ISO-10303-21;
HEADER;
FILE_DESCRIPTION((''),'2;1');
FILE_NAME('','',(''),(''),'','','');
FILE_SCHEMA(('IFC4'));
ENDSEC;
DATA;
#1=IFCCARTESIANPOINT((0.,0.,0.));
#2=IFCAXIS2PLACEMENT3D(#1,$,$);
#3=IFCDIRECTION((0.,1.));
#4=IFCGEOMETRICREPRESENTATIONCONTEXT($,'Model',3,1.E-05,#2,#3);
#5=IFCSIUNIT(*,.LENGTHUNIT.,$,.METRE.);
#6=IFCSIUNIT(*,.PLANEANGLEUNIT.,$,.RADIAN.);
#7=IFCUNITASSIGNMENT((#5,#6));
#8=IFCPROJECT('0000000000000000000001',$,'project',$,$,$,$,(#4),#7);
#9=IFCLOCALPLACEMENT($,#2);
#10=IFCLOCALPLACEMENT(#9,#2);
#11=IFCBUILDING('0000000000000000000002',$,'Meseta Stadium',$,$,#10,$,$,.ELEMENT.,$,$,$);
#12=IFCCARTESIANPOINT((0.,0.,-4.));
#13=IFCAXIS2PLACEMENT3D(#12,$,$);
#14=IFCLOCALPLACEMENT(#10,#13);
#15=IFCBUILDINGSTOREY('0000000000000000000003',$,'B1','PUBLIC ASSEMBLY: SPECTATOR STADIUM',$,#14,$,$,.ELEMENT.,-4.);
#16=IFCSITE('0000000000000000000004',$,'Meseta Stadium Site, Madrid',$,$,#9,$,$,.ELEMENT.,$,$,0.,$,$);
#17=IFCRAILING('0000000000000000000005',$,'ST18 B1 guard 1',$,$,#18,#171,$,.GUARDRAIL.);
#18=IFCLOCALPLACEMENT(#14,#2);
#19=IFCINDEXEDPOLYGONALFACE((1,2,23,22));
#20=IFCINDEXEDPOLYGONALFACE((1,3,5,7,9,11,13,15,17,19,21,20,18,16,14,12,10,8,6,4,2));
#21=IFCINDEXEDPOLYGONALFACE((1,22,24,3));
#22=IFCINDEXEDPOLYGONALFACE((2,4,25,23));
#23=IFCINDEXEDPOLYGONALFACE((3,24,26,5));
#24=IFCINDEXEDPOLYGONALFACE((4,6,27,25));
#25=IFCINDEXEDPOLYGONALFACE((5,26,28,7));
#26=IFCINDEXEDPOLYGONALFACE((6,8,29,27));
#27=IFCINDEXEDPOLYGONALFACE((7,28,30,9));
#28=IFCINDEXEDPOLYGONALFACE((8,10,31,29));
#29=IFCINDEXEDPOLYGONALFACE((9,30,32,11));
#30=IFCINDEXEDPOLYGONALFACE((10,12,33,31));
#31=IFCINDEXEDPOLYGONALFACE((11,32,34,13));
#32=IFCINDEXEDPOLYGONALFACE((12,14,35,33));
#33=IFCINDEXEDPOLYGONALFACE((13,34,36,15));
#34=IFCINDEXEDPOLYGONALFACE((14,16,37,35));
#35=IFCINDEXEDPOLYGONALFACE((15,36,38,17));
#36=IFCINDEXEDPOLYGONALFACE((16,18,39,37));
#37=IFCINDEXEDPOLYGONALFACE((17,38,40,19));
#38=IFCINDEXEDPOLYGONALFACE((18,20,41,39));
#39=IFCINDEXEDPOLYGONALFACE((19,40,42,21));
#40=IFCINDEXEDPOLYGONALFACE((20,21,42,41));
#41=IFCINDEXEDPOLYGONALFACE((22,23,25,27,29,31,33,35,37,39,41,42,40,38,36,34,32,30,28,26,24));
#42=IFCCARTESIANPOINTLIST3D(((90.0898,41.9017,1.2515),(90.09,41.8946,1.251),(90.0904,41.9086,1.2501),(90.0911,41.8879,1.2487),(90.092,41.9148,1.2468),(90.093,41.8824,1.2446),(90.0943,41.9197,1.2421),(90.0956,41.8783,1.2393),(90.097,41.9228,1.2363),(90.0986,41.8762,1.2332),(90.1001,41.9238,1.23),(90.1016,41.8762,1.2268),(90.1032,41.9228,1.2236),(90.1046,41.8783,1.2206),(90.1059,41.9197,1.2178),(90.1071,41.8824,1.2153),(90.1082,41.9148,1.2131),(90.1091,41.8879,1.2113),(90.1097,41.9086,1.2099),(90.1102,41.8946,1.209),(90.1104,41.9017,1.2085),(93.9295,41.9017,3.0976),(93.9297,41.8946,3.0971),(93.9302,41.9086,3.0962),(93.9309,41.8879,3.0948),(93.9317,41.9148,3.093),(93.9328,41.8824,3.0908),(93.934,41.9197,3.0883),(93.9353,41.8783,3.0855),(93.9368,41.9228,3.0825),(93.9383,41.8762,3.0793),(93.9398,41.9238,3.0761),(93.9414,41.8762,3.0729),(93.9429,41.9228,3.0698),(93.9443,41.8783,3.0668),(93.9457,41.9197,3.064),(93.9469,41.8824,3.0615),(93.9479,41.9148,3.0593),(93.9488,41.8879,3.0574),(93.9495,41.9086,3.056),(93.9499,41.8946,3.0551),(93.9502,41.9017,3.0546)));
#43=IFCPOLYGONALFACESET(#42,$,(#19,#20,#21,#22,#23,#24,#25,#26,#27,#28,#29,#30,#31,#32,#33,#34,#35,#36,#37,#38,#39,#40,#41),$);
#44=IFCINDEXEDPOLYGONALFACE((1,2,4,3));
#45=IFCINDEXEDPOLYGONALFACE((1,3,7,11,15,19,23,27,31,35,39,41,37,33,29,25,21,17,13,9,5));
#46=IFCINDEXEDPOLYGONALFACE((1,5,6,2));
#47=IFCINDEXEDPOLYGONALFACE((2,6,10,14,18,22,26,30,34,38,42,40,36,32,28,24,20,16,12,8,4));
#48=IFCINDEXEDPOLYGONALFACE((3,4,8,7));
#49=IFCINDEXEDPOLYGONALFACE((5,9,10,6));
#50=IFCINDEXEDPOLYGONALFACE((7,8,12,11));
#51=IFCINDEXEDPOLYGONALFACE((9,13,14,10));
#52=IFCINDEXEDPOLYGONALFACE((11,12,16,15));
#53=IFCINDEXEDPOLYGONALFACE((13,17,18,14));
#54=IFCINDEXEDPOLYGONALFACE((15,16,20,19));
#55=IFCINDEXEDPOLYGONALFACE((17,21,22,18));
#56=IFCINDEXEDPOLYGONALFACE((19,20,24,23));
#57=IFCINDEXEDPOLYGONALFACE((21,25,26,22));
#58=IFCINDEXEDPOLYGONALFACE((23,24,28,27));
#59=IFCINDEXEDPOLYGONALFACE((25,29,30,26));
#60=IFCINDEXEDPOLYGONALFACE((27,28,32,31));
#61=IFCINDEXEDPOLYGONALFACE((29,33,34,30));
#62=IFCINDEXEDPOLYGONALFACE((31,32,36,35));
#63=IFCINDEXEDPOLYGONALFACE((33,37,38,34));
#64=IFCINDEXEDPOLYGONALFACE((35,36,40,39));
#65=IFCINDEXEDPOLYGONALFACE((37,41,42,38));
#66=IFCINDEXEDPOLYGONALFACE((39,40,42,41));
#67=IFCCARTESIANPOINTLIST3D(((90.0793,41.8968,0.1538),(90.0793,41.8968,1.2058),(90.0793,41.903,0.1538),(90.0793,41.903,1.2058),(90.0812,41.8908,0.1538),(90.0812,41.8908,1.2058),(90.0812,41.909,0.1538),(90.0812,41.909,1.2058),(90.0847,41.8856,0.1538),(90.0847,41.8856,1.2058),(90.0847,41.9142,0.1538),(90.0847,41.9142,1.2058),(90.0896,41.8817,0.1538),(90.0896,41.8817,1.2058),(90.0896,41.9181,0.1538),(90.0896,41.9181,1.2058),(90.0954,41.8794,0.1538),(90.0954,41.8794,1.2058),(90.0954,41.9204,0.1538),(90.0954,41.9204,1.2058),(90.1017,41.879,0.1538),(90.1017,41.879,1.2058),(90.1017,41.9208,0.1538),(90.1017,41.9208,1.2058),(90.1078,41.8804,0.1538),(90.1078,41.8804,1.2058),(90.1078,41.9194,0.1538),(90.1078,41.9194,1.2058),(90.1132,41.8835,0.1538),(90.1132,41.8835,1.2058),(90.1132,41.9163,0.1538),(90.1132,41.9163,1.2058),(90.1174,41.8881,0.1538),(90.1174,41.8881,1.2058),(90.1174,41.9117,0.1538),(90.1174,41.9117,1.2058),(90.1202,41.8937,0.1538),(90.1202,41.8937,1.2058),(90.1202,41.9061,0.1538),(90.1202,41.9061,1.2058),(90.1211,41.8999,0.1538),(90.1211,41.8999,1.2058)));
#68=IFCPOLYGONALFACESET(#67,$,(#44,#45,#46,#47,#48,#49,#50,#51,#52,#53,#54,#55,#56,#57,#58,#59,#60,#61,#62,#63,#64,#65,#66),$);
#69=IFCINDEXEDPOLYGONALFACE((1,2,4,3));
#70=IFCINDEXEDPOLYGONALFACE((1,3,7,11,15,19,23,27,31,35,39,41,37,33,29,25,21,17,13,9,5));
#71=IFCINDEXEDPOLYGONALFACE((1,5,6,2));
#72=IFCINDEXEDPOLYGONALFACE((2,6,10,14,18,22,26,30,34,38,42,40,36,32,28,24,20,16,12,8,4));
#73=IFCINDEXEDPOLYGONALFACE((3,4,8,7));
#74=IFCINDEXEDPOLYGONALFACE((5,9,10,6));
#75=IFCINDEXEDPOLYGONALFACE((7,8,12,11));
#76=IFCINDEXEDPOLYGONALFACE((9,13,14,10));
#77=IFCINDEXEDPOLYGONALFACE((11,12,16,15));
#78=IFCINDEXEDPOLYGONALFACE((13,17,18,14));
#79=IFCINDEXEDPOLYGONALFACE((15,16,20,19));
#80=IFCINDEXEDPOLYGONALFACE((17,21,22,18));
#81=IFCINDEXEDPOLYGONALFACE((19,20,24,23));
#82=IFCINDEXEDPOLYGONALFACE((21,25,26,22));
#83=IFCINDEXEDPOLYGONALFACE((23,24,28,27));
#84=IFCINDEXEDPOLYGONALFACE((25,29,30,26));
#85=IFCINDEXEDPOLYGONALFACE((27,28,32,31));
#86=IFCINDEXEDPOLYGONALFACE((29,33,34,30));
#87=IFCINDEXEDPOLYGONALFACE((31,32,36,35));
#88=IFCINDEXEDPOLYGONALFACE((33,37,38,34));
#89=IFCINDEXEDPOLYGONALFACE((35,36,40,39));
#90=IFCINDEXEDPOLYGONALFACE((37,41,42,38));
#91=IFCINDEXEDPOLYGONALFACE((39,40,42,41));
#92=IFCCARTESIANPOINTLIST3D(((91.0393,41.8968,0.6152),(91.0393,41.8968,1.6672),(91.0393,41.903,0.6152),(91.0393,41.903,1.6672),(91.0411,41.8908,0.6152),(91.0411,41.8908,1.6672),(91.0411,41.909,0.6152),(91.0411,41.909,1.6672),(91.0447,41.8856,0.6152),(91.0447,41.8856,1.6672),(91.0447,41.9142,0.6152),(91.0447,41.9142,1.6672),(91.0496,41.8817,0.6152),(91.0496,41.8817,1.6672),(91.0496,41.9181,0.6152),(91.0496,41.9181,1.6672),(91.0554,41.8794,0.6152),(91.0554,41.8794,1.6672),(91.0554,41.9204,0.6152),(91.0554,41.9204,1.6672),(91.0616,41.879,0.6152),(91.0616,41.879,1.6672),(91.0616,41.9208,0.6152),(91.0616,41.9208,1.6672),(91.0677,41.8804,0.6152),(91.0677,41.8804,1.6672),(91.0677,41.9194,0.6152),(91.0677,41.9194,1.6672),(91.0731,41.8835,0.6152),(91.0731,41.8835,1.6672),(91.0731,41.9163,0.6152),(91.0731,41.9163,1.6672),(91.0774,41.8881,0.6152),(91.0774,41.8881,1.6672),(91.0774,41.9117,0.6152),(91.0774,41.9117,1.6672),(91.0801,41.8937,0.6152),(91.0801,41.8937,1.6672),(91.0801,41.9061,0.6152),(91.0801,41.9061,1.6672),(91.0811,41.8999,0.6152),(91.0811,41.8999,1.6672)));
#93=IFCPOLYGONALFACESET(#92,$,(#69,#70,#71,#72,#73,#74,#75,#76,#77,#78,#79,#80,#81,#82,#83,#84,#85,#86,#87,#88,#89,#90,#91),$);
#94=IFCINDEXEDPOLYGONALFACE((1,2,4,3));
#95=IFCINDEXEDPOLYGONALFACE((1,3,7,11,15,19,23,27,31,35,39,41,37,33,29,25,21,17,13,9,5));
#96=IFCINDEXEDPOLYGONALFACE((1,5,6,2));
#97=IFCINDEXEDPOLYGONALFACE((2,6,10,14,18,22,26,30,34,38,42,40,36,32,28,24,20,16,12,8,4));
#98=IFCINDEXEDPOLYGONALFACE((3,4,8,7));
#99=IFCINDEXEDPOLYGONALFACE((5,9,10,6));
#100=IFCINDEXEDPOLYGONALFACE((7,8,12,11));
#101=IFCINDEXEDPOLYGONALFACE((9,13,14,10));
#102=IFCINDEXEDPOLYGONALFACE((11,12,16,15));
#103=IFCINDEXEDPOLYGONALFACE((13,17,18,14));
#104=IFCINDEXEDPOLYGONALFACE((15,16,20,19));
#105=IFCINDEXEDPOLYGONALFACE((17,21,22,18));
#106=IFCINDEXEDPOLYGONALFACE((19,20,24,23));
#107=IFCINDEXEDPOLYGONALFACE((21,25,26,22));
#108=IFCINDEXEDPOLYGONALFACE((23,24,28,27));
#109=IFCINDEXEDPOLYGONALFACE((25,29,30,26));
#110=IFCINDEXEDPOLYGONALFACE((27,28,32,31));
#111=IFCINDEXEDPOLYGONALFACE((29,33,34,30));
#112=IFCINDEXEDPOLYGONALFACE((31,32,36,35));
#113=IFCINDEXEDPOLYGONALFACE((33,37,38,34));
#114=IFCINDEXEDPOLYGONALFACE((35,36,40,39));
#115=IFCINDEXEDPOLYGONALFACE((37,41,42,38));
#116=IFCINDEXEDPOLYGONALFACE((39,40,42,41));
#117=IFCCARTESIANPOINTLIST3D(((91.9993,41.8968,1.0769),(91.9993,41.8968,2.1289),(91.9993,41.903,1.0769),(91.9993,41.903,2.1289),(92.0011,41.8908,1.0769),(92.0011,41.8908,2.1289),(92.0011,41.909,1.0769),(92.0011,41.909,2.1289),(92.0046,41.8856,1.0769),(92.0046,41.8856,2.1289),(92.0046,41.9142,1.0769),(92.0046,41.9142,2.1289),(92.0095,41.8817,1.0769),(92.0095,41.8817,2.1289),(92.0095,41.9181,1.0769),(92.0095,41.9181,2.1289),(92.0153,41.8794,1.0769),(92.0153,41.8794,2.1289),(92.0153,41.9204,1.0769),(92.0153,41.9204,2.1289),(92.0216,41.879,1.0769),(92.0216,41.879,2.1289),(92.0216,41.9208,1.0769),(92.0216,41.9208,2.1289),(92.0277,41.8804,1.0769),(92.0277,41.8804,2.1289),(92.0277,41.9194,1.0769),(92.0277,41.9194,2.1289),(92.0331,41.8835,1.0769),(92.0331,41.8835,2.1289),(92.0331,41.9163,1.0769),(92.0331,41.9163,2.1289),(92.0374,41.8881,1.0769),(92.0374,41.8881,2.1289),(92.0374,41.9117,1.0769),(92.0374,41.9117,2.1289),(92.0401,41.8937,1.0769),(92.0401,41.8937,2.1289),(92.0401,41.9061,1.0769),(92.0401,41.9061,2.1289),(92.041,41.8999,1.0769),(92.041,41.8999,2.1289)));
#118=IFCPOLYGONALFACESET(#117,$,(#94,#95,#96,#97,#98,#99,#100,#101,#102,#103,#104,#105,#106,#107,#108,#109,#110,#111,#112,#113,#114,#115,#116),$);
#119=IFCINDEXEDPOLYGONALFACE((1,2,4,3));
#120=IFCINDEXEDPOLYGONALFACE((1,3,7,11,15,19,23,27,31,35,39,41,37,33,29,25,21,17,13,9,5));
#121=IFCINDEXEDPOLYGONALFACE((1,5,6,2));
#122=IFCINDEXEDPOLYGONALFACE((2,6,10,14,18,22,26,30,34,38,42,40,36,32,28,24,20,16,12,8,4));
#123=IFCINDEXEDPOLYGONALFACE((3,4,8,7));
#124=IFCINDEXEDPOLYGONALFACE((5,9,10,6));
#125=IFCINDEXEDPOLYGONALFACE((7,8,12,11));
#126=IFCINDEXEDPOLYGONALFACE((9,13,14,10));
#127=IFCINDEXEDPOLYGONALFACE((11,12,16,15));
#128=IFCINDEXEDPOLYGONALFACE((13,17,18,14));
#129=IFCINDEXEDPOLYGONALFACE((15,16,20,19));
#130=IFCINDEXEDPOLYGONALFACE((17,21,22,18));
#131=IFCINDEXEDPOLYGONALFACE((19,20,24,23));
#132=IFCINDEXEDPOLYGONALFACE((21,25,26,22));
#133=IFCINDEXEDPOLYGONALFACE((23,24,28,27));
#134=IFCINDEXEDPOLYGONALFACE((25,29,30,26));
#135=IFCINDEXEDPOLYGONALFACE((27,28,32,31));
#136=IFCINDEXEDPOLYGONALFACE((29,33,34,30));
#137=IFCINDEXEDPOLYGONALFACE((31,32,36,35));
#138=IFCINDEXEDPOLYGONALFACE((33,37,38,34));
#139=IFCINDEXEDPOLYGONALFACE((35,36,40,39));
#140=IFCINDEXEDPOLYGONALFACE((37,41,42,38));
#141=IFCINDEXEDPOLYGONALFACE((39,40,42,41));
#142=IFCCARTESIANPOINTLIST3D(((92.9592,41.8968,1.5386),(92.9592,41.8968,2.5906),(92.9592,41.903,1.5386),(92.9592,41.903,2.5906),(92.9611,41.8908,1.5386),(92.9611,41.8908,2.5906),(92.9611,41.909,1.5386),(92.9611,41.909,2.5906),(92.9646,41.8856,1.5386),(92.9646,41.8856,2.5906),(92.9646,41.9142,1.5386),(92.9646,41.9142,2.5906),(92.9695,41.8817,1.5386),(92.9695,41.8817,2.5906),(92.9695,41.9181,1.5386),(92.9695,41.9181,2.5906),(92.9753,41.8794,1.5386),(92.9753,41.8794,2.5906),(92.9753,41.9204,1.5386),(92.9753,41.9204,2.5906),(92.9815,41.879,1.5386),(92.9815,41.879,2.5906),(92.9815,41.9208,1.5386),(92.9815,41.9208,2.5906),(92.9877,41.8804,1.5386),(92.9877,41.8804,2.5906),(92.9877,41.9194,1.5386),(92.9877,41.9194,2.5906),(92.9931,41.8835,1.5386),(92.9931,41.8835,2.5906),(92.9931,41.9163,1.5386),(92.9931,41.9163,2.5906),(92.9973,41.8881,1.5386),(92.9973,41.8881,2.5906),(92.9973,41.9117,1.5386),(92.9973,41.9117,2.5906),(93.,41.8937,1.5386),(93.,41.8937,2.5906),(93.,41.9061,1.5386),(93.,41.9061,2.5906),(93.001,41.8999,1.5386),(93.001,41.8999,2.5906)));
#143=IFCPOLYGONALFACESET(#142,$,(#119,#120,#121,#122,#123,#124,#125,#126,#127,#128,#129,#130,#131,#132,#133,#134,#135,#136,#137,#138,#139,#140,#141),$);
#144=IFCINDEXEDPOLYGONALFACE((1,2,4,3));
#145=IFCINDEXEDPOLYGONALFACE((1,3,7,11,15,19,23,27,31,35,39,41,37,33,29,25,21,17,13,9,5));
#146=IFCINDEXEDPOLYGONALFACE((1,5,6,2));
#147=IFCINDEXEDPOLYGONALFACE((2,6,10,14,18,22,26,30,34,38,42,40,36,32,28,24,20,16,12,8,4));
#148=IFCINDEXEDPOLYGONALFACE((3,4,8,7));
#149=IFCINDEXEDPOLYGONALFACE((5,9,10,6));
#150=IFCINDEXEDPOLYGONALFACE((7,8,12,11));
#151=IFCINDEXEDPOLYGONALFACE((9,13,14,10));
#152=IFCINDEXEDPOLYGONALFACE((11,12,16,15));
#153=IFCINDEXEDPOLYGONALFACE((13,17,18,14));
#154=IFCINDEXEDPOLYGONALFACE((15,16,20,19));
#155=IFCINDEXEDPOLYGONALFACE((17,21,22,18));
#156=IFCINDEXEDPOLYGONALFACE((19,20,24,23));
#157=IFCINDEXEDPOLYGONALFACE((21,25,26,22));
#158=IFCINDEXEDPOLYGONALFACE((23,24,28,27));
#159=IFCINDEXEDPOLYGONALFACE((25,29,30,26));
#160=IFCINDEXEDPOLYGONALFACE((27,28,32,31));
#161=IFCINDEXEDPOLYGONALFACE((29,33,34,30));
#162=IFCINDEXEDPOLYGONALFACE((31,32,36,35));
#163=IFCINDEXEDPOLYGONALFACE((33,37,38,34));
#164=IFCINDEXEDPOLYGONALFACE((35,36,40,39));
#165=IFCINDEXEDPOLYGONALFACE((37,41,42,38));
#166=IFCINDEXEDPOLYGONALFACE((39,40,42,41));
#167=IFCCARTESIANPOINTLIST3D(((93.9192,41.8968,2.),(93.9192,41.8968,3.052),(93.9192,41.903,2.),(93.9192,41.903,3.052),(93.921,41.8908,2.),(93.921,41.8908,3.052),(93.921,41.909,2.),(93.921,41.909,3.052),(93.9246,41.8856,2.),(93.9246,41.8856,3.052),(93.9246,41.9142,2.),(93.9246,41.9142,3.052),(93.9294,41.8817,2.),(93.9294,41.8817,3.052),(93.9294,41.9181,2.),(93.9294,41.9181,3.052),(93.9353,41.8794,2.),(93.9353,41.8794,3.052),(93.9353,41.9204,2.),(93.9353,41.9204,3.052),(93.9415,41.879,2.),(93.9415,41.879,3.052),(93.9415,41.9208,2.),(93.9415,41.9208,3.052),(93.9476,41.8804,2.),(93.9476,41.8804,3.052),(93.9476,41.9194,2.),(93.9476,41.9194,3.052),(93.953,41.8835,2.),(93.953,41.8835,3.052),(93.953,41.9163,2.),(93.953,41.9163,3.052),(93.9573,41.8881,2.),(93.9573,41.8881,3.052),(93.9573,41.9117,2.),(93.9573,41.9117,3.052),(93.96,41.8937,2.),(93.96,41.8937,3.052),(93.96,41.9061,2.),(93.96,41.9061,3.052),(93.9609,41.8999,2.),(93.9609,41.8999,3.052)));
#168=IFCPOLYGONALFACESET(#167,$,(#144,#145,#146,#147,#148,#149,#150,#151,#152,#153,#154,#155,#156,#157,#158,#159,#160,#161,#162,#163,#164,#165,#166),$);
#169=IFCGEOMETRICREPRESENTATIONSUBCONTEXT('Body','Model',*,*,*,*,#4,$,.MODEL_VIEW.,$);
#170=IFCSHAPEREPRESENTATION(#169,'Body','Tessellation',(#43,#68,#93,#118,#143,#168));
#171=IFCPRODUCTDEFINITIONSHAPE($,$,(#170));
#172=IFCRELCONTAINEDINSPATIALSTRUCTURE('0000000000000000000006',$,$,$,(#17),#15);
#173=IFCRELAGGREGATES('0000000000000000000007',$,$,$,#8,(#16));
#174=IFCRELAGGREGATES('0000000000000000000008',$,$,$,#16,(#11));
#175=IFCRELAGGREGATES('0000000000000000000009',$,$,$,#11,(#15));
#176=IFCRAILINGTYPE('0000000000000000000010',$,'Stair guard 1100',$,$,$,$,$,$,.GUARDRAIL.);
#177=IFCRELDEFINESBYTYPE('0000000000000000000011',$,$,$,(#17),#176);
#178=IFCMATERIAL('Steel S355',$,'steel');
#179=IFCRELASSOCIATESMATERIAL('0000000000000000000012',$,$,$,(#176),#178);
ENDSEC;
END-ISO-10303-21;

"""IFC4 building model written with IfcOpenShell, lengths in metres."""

from ifc_helpers import new_model, si_unit, direction, frame, origin, origin_2d, place, context, subcontext, project, spatial, circle, extrude, material, type_object, element, save


model = new_model("IFC4")

# Units and contexts
model_context = context("Model", 3, precision=1e-05, world=origin(), true_north=direction((0.0, 1.0)))
body_context = subcontext(model_context, "Body", "Model", "MODEL_VIEW")
ifc_project = project(units=[si_unit("LENGTHUNIT", "METRE"), si_unit("PLANEANGLEUNIT", "RADIAN")], contexts=[model_context])

# Site, building, storey
site_placement = place(None, origin())
site = spatial("IfcSite", under=ifc_project, at=site_placement, Name="Meseta Stadium Site, Madrid", CompositionType="ELEMENT", RefElevation=0.0)
building_placement = place(site_placement, origin())
building = spatial("IfcBuilding", under=site, at=building_placement, Name="Meseta Stadium", CompositionType="ELEMENT")
storey_placement = place(building_placement, frame((0.0, 0.0, -4.0)))
storey = spatial("IfcBuildingStorey", under=building, at=storey_placement, Name="B1", Description="PUBLIC ASSEMBLY: SPECTATOR STADIUM", CompositionType="ELEMENT", Elevation=-4.0)

# Railing
ifc_material_1 = material(Name="Steel S355", Category="steel")
railing_type_1 = type_object("IfcRailingType", Name="Stair guard 1100", PredefinedType="GUARDRAIL", material=ifc_material_1)
railing_1_placement = place(storey_placement, frame((90.1001, 41.8999, 0.1538)))
element("IfcRailing", 1, at=railing_1_placement, inside=storey, type_object=railing_type_1, Name="ST18 B1 guard 1", PredefinedType="GUARDRAIL", context=body_context, shape_type="SweptSolid", body=[
    extrude(circle(Radius=0.0239, at=origin_2d()), frame((0.0, 0.0, 1.0762), z_axis=(0.901242, 0.0, 0.433316), x_axis=(0.0, 1.0, 0.0)), (0.0, 0.0, 1.0), 4.2605),
    extrude(circle(Radius=0.021, at=origin_2d()), origin(), (0.0, 0.0, 1.0), 1.052),
    extrude(circle(Radius=0.021, at=origin_2d()), frame((0.96, 0.0, 0.4614)), (0.0, 0.0, 1.0), 1.052),
    extrude(circle(Radius=0.021, at=origin_2d()), frame((1.9199, 0.0, 0.9231)), (0.0, 0.0, 1.0), 1.052),
    extrude(circle(Radius=0.021, at=origin_2d()), frame((2.8799, 0.0, 1.3848)), (0.0, 0.0, 1.0), 1.052),
    extrude(circle(Radius=0.021, at=origin_2d()), frame((3.8398, 0.0, 1.8462)), (0.0, 0.0, 1.0), 1.052),
])

save(model, "model.ifc")
